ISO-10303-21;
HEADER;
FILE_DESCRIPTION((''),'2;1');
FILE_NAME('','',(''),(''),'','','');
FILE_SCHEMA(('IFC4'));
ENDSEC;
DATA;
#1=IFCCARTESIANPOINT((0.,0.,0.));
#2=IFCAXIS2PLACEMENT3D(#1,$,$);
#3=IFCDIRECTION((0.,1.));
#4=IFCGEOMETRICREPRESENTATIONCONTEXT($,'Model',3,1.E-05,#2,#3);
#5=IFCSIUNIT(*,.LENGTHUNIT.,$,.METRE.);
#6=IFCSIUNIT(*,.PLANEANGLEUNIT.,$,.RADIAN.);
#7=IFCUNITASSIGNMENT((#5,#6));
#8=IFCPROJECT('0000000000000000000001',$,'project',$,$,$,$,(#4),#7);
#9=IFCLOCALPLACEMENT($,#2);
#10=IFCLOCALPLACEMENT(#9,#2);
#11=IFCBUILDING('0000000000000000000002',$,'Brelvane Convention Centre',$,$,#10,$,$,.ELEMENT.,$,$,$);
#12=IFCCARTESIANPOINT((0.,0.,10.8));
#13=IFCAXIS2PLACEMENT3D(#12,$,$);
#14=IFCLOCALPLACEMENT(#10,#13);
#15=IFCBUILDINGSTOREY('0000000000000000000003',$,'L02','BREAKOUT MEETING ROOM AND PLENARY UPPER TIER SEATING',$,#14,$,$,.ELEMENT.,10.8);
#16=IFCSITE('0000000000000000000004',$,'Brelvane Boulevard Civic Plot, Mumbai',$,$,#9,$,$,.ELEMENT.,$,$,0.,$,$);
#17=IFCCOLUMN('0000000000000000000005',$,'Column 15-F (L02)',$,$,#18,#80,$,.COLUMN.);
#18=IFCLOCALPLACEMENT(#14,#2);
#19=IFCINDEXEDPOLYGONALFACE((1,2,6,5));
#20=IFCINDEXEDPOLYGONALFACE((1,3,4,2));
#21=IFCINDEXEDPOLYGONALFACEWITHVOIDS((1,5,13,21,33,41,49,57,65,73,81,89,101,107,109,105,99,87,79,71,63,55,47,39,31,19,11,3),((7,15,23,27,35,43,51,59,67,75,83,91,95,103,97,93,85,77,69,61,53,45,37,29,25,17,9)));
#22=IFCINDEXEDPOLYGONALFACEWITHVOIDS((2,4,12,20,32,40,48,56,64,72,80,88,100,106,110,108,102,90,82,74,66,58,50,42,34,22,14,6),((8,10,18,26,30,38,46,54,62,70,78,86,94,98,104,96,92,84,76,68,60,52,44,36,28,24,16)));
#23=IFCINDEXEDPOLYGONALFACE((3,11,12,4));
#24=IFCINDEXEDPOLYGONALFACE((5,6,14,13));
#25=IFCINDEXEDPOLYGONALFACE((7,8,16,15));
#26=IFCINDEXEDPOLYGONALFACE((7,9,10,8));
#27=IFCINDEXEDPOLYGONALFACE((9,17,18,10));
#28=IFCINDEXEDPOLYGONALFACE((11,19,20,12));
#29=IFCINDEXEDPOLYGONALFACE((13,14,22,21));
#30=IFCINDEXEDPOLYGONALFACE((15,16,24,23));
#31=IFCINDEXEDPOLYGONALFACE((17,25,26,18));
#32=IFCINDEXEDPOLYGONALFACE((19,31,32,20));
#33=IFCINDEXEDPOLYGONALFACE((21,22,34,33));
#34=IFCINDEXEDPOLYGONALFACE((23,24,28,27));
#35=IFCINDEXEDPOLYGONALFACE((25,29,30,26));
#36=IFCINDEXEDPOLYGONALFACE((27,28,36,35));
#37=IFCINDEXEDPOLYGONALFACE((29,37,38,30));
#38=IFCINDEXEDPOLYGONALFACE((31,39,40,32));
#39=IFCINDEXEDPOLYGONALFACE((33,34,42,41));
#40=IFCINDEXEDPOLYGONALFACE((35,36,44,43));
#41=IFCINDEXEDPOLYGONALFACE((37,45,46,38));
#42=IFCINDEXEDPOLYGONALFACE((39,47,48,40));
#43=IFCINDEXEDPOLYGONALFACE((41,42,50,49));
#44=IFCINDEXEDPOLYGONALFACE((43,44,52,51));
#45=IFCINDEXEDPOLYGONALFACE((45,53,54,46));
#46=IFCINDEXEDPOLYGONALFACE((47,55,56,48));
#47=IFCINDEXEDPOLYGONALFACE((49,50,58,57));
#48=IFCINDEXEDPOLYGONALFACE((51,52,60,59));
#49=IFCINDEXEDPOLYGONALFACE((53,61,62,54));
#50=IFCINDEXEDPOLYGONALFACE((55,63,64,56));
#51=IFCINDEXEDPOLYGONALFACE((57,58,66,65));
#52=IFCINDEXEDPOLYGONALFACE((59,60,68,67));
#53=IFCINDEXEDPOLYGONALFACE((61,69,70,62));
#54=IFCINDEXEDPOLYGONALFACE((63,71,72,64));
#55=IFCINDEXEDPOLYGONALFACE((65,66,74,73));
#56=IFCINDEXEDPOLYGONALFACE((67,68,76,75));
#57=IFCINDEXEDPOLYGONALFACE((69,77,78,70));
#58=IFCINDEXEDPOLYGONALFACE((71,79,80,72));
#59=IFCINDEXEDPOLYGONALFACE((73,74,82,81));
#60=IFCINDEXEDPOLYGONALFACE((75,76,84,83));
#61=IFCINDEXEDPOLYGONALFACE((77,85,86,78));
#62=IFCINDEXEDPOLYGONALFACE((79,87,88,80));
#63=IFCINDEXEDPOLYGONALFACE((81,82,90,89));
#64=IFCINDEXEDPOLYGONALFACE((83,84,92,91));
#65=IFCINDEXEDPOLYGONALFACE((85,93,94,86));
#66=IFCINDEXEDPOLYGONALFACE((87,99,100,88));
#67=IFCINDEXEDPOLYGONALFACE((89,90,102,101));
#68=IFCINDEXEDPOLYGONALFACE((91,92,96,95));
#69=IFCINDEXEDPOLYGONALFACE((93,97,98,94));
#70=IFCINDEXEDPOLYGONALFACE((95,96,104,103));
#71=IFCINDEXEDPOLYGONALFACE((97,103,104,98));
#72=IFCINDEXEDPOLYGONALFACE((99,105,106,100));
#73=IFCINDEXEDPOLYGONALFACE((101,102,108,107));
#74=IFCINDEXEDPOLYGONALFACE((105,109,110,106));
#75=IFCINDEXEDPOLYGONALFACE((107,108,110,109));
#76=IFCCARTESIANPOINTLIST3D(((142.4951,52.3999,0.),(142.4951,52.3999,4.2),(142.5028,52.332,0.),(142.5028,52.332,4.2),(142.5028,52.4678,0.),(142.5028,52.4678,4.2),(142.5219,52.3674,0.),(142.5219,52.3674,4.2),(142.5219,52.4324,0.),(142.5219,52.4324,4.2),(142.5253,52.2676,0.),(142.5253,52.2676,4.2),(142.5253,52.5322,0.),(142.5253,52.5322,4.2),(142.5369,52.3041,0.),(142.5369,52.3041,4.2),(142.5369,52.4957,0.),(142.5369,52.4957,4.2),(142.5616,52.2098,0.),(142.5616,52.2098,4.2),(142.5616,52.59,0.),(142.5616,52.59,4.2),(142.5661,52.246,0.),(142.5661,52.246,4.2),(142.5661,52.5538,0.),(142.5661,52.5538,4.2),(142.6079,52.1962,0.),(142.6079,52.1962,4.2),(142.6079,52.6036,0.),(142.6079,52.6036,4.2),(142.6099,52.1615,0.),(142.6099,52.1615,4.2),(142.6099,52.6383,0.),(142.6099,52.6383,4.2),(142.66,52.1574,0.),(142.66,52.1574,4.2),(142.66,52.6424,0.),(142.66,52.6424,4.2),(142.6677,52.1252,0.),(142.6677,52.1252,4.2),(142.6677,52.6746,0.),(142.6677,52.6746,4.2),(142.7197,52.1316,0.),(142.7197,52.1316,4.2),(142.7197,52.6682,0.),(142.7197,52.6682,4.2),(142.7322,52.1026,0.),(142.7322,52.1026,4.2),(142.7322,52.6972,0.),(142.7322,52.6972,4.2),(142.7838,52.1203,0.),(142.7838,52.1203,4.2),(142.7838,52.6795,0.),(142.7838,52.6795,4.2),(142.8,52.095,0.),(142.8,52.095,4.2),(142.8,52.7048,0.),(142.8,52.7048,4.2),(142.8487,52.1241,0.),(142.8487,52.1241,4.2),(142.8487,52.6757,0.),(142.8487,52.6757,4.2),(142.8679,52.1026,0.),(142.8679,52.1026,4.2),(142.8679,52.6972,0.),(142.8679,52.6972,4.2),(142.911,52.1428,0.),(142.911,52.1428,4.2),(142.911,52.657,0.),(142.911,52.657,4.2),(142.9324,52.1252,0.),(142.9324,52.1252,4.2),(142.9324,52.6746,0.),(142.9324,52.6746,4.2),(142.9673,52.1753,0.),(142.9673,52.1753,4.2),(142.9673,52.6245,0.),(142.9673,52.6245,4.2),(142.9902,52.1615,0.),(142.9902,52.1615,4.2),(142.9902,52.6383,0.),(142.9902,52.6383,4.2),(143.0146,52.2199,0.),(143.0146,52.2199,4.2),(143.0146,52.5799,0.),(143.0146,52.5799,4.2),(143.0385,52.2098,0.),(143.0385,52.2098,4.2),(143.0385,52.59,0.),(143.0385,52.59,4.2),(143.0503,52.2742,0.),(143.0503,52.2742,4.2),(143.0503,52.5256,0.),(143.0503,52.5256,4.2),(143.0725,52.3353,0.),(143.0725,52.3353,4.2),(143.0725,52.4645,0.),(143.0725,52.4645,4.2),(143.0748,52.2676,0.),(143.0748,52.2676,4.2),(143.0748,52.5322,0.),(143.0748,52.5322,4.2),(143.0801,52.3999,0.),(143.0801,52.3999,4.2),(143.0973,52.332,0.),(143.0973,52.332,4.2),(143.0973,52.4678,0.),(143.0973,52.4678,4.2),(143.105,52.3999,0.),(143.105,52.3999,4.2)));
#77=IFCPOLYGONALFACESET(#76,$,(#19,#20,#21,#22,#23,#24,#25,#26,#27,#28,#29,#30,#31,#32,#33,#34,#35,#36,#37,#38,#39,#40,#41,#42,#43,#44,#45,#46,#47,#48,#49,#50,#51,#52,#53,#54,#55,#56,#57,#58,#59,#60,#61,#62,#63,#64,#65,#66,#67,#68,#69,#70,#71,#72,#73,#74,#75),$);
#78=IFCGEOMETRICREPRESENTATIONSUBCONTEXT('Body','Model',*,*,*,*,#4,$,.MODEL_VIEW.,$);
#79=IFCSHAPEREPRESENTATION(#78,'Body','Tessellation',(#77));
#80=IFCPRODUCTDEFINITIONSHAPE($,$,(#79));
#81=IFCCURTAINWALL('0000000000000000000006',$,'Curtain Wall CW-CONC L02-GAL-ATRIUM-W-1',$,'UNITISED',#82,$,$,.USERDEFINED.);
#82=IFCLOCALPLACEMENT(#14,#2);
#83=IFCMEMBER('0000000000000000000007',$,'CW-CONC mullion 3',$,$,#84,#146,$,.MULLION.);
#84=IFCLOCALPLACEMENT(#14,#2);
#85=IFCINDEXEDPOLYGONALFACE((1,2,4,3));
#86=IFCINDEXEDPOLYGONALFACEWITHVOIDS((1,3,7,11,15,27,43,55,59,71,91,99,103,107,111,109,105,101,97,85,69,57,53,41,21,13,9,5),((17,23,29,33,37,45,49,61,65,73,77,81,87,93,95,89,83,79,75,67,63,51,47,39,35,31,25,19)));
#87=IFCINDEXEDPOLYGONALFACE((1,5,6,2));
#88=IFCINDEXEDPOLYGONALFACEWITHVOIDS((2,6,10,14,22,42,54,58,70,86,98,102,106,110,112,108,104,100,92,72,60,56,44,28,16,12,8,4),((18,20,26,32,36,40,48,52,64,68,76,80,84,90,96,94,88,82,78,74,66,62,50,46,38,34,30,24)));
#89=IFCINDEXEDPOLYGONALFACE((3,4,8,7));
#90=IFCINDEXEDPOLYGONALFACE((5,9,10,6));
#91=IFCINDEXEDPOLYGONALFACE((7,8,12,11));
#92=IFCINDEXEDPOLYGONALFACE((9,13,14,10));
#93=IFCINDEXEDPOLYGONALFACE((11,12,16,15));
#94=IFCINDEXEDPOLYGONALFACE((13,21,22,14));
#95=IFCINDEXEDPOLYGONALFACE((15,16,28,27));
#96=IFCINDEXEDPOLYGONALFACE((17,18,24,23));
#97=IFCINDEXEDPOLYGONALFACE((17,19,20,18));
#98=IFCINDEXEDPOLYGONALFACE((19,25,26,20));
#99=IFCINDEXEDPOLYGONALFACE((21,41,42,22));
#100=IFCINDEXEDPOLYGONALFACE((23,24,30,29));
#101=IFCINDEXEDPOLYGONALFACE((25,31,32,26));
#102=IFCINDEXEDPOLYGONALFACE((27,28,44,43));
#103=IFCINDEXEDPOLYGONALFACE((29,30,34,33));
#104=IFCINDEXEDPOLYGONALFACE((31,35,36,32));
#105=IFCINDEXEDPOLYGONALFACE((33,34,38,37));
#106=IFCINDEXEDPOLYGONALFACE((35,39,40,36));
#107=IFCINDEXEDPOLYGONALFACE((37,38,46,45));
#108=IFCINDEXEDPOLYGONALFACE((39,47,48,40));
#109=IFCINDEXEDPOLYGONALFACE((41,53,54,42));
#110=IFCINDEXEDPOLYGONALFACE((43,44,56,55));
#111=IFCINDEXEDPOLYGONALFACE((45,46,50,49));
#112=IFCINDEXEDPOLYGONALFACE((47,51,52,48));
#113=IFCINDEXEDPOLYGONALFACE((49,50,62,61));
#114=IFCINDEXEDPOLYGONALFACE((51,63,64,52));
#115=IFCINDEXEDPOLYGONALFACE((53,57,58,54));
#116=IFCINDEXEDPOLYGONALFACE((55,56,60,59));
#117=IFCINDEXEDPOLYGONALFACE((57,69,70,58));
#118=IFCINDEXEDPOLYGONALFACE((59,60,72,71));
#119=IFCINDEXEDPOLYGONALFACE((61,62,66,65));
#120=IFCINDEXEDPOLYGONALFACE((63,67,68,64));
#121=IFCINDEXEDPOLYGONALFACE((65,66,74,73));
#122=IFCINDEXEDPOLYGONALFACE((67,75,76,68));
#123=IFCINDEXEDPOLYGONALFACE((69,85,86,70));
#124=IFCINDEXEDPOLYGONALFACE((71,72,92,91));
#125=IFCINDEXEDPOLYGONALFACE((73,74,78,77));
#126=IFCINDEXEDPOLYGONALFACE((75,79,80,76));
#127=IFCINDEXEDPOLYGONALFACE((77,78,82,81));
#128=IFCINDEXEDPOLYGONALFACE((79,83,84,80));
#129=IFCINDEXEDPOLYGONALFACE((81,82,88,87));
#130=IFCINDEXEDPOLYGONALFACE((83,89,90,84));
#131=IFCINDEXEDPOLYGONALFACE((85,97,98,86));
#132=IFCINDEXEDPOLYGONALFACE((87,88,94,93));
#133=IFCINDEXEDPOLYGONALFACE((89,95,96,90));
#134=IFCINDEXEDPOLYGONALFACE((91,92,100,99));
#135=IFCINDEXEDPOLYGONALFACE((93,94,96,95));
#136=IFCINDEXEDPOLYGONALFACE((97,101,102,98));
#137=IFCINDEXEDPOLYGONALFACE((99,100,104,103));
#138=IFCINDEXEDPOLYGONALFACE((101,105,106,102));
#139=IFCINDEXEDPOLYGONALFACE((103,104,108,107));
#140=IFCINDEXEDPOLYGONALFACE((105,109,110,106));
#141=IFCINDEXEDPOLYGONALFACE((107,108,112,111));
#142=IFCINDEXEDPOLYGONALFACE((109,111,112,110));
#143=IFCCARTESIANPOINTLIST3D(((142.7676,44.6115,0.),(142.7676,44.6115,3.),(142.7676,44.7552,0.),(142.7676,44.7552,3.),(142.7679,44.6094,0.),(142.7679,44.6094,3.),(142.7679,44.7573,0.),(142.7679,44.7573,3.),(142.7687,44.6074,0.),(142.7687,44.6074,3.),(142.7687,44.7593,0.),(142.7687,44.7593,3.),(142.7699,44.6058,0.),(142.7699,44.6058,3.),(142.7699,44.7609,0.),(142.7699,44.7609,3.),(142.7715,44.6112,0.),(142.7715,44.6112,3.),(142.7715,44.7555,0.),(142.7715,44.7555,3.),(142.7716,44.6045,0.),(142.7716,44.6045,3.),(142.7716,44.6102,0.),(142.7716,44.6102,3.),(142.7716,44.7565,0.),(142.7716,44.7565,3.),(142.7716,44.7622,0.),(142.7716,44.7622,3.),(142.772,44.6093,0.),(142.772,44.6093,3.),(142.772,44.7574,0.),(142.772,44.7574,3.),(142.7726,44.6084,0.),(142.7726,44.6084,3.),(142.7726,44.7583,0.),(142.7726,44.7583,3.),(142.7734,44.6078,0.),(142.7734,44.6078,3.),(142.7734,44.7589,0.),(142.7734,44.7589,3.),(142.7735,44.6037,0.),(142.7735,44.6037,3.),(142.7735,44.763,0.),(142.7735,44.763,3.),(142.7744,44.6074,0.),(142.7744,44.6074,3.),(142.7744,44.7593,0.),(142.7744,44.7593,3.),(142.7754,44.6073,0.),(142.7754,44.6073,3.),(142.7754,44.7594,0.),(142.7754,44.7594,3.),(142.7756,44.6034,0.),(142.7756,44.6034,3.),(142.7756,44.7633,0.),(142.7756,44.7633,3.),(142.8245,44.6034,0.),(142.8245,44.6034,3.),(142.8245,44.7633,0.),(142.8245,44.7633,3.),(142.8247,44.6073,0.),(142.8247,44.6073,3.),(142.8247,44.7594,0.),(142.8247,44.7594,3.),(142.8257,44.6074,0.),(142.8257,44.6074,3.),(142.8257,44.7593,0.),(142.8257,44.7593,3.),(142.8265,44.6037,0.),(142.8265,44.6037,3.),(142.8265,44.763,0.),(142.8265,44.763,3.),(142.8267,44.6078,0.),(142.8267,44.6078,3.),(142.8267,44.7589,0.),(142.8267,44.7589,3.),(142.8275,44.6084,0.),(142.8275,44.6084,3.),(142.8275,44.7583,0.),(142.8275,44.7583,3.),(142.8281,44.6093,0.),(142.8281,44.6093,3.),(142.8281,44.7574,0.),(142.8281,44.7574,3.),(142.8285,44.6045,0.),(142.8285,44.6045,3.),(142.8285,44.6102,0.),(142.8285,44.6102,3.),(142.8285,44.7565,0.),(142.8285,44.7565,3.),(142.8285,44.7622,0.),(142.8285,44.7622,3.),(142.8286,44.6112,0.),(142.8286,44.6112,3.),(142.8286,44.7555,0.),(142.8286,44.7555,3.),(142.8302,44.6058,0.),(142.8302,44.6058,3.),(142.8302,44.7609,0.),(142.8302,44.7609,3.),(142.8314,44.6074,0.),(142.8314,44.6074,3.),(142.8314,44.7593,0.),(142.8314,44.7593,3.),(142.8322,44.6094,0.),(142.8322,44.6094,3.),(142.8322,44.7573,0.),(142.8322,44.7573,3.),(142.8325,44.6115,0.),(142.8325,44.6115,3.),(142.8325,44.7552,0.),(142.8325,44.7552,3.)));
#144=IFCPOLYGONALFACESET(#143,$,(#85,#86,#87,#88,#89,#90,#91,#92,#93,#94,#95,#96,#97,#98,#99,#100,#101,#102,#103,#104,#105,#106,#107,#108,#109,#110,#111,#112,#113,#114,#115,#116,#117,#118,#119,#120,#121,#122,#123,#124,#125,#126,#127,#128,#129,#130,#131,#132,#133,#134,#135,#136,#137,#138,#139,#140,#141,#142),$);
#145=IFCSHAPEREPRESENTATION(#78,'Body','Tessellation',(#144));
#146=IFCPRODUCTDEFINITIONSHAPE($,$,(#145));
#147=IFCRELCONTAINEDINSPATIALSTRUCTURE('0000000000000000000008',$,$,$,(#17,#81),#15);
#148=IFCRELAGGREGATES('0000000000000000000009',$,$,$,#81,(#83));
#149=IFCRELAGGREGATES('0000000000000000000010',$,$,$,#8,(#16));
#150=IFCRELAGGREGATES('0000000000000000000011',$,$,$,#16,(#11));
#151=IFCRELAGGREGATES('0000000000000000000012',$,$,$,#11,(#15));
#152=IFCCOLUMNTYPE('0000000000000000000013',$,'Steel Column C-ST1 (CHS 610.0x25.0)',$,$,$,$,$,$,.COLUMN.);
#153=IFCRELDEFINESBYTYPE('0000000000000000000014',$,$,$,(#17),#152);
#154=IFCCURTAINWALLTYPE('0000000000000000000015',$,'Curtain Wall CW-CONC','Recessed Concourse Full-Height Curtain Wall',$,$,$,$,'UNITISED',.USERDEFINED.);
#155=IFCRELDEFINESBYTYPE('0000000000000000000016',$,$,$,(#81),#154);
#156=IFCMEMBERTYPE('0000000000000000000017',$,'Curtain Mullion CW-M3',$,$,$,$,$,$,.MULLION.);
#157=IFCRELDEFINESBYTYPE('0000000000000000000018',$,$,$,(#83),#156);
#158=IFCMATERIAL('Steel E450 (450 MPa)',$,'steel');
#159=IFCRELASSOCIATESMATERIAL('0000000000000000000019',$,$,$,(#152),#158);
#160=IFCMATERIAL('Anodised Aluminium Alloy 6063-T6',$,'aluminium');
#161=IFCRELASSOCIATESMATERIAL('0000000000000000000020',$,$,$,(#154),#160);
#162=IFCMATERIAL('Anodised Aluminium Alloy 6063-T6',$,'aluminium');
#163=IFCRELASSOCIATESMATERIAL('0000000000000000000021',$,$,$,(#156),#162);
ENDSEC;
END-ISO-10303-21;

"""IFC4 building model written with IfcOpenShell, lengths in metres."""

from ifc_helpers import new_model, si_unit, direction, frame, origin, origin_2d, place, context, subcontext, project, spatial, hollow_rectangle, hollow_circle, extrude, material, material_profile, profile_set, type_object, element, aggregate, save


model = new_model("IFC4")

# Units and contexts
model_context = context("Model", 3, precision=1e-05, world=origin(), true_north=direction((0.0, 1.0)))
body_context = subcontext(model_context, "Body", "Model", "MODEL_VIEW")
ifc_project = project(units=[si_unit("LENGTHUNIT", "METRE"), si_unit("PLANEANGLEUNIT", "RADIAN")], contexts=[model_context])

# Site, building, storey
site_placement = place(None, origin())
site = spatial("IfcSite", under=ifc_project, at=site_placement, Name="Brelvane Boulevard Civic Plot, Mumbai", CompositionType="ELEMENT", RefElevation=0.0)
building_placement = place(site_placement, origin())
building = spatial("IfcBuilding", under=site, at=building_placement, Name="Brelvane Convention Centre", CompositionType="ELEMENT")
storey_placement = place(building_placement, frame((0.0, 0.0, 10.8)))
storey = spatial("IfcBuildingStorey", under=building, at=storey_placement, Name="L02", Description="BREAKOUT MEETING ROOM AND PLENARY UPPER TIER SEATING", CompositionType="ELEMENT", Elevation=10.8)

# Column
ifc_material_1 = material(Name="Steel E450 (450 MPa)", Category="steel")
ifc_material_profile_1 = material_profile(ifc_material_1, hollow_circle(Radius=0.3049, WallThickness=0.0249, at=origin_2d()), Name="CHS 610.0x25.0")
ifc_profile_set_1 = profile_set([ifc_material_profile_1], Name="Steel E450 (450 MPa)")
column_type = type_object("IfcColumnType", Name="Steel Column C-ST1 (CHS 610.0x25.0)", PredefinedType="COLUMN", material=ifc_profile_set_1)
column_placement = place(storey_placement, frame((142.8, 52.3999, 0.0), z_axis=(0.0, 0.0, 1.0), x_axis=(1.0, 0.0, 0.0)))
element("IfcColumn", 1, at=column_placement, inside=storey, type_object=column_type, Name="Column 15-F (L02)", PredefinedType="COLUMN", context=body_context, shape_type="SweptSolid", body=[
    extrude(hollow_circle(Radius=0.3049, WallThickness=0.0249, at=origin_2d()), origin(), (0.0, 0.0, 1.0), 4.2),
])

# Curtain wall, member
ifc_material_2 = material(Name="Anodised Aluminium Alloy 6063-T6", Category="aluminium")
curtain_wall_type = type_object("IfcCurtainWallType", Name="Curtain Wall CW-CONC", Description="Recessed Concourse Full-Height Curtain Wall", ElementType="UNITISED", PredefinedType="USERDEFINED", material=ifc_material_2)
curtain_wall_placement = place(storey_placement, origin())
curtain_wall = element("IfcCurtainWall", 2, at=curtain_wall_placement, inside=storey, type_object=curtain_wall_type, Name="Curtain Wall CW-CONC L02-GAL-ATRIUM-W-1", ObjectType="UNITISED", PredefinedType="USERDEFINED")
ifc_material_3 = material(Name="Anodised Aluminium Alloy 6063-T6", Category="aluminium")
ifc_material_profile_2 = material_profile(ifc_material_3, hollow_rectangle(XDim=0.0649, YDim=0.1599, WallThickness=0.0039, InnerFilletRadius=0.0039, OuterFilletRadius=0.0081, at=origin_2d()), Name="ALU-M 160x65x4.0")
ifc_profile_set_2 = profile_set([ifc_material_profile_2], Name="Anodised Aluminium Alloy 6063-T6")
member_type_1 = type_object("IfcMemberType", Name="Curtain Mullion CW-M3", PredefinedType="MULLION", material=ifc_profile_set_2)
member_1_placement = place(storey_placement, frame((142.8, 44.6833, 0.0), z_axis=(0.0, 0.0, 1.0), x_axis=(-1.0, 0.0, 0.0)))
member_1 = element("IfcMember", 3, at=member_1_placement, type_object=member_type_1, Name="CW-CONC mullion 3", PredefinedType="MULLION", context=body_context, shape_type="SweptSolid", body=[
    extrude(hollow_rectangle(XDim=0.0649, YDim=0.1599, WallThickness=0.0039, InnerFilletRadius=0.0039, OuterFilletRadius=0.0081, at=origin_2d()), origin(), (0.0, 0.0, 1.0), 3.0),
])
aggregate(curtain_wall, [member_1])

save(model, "model.ifc")
